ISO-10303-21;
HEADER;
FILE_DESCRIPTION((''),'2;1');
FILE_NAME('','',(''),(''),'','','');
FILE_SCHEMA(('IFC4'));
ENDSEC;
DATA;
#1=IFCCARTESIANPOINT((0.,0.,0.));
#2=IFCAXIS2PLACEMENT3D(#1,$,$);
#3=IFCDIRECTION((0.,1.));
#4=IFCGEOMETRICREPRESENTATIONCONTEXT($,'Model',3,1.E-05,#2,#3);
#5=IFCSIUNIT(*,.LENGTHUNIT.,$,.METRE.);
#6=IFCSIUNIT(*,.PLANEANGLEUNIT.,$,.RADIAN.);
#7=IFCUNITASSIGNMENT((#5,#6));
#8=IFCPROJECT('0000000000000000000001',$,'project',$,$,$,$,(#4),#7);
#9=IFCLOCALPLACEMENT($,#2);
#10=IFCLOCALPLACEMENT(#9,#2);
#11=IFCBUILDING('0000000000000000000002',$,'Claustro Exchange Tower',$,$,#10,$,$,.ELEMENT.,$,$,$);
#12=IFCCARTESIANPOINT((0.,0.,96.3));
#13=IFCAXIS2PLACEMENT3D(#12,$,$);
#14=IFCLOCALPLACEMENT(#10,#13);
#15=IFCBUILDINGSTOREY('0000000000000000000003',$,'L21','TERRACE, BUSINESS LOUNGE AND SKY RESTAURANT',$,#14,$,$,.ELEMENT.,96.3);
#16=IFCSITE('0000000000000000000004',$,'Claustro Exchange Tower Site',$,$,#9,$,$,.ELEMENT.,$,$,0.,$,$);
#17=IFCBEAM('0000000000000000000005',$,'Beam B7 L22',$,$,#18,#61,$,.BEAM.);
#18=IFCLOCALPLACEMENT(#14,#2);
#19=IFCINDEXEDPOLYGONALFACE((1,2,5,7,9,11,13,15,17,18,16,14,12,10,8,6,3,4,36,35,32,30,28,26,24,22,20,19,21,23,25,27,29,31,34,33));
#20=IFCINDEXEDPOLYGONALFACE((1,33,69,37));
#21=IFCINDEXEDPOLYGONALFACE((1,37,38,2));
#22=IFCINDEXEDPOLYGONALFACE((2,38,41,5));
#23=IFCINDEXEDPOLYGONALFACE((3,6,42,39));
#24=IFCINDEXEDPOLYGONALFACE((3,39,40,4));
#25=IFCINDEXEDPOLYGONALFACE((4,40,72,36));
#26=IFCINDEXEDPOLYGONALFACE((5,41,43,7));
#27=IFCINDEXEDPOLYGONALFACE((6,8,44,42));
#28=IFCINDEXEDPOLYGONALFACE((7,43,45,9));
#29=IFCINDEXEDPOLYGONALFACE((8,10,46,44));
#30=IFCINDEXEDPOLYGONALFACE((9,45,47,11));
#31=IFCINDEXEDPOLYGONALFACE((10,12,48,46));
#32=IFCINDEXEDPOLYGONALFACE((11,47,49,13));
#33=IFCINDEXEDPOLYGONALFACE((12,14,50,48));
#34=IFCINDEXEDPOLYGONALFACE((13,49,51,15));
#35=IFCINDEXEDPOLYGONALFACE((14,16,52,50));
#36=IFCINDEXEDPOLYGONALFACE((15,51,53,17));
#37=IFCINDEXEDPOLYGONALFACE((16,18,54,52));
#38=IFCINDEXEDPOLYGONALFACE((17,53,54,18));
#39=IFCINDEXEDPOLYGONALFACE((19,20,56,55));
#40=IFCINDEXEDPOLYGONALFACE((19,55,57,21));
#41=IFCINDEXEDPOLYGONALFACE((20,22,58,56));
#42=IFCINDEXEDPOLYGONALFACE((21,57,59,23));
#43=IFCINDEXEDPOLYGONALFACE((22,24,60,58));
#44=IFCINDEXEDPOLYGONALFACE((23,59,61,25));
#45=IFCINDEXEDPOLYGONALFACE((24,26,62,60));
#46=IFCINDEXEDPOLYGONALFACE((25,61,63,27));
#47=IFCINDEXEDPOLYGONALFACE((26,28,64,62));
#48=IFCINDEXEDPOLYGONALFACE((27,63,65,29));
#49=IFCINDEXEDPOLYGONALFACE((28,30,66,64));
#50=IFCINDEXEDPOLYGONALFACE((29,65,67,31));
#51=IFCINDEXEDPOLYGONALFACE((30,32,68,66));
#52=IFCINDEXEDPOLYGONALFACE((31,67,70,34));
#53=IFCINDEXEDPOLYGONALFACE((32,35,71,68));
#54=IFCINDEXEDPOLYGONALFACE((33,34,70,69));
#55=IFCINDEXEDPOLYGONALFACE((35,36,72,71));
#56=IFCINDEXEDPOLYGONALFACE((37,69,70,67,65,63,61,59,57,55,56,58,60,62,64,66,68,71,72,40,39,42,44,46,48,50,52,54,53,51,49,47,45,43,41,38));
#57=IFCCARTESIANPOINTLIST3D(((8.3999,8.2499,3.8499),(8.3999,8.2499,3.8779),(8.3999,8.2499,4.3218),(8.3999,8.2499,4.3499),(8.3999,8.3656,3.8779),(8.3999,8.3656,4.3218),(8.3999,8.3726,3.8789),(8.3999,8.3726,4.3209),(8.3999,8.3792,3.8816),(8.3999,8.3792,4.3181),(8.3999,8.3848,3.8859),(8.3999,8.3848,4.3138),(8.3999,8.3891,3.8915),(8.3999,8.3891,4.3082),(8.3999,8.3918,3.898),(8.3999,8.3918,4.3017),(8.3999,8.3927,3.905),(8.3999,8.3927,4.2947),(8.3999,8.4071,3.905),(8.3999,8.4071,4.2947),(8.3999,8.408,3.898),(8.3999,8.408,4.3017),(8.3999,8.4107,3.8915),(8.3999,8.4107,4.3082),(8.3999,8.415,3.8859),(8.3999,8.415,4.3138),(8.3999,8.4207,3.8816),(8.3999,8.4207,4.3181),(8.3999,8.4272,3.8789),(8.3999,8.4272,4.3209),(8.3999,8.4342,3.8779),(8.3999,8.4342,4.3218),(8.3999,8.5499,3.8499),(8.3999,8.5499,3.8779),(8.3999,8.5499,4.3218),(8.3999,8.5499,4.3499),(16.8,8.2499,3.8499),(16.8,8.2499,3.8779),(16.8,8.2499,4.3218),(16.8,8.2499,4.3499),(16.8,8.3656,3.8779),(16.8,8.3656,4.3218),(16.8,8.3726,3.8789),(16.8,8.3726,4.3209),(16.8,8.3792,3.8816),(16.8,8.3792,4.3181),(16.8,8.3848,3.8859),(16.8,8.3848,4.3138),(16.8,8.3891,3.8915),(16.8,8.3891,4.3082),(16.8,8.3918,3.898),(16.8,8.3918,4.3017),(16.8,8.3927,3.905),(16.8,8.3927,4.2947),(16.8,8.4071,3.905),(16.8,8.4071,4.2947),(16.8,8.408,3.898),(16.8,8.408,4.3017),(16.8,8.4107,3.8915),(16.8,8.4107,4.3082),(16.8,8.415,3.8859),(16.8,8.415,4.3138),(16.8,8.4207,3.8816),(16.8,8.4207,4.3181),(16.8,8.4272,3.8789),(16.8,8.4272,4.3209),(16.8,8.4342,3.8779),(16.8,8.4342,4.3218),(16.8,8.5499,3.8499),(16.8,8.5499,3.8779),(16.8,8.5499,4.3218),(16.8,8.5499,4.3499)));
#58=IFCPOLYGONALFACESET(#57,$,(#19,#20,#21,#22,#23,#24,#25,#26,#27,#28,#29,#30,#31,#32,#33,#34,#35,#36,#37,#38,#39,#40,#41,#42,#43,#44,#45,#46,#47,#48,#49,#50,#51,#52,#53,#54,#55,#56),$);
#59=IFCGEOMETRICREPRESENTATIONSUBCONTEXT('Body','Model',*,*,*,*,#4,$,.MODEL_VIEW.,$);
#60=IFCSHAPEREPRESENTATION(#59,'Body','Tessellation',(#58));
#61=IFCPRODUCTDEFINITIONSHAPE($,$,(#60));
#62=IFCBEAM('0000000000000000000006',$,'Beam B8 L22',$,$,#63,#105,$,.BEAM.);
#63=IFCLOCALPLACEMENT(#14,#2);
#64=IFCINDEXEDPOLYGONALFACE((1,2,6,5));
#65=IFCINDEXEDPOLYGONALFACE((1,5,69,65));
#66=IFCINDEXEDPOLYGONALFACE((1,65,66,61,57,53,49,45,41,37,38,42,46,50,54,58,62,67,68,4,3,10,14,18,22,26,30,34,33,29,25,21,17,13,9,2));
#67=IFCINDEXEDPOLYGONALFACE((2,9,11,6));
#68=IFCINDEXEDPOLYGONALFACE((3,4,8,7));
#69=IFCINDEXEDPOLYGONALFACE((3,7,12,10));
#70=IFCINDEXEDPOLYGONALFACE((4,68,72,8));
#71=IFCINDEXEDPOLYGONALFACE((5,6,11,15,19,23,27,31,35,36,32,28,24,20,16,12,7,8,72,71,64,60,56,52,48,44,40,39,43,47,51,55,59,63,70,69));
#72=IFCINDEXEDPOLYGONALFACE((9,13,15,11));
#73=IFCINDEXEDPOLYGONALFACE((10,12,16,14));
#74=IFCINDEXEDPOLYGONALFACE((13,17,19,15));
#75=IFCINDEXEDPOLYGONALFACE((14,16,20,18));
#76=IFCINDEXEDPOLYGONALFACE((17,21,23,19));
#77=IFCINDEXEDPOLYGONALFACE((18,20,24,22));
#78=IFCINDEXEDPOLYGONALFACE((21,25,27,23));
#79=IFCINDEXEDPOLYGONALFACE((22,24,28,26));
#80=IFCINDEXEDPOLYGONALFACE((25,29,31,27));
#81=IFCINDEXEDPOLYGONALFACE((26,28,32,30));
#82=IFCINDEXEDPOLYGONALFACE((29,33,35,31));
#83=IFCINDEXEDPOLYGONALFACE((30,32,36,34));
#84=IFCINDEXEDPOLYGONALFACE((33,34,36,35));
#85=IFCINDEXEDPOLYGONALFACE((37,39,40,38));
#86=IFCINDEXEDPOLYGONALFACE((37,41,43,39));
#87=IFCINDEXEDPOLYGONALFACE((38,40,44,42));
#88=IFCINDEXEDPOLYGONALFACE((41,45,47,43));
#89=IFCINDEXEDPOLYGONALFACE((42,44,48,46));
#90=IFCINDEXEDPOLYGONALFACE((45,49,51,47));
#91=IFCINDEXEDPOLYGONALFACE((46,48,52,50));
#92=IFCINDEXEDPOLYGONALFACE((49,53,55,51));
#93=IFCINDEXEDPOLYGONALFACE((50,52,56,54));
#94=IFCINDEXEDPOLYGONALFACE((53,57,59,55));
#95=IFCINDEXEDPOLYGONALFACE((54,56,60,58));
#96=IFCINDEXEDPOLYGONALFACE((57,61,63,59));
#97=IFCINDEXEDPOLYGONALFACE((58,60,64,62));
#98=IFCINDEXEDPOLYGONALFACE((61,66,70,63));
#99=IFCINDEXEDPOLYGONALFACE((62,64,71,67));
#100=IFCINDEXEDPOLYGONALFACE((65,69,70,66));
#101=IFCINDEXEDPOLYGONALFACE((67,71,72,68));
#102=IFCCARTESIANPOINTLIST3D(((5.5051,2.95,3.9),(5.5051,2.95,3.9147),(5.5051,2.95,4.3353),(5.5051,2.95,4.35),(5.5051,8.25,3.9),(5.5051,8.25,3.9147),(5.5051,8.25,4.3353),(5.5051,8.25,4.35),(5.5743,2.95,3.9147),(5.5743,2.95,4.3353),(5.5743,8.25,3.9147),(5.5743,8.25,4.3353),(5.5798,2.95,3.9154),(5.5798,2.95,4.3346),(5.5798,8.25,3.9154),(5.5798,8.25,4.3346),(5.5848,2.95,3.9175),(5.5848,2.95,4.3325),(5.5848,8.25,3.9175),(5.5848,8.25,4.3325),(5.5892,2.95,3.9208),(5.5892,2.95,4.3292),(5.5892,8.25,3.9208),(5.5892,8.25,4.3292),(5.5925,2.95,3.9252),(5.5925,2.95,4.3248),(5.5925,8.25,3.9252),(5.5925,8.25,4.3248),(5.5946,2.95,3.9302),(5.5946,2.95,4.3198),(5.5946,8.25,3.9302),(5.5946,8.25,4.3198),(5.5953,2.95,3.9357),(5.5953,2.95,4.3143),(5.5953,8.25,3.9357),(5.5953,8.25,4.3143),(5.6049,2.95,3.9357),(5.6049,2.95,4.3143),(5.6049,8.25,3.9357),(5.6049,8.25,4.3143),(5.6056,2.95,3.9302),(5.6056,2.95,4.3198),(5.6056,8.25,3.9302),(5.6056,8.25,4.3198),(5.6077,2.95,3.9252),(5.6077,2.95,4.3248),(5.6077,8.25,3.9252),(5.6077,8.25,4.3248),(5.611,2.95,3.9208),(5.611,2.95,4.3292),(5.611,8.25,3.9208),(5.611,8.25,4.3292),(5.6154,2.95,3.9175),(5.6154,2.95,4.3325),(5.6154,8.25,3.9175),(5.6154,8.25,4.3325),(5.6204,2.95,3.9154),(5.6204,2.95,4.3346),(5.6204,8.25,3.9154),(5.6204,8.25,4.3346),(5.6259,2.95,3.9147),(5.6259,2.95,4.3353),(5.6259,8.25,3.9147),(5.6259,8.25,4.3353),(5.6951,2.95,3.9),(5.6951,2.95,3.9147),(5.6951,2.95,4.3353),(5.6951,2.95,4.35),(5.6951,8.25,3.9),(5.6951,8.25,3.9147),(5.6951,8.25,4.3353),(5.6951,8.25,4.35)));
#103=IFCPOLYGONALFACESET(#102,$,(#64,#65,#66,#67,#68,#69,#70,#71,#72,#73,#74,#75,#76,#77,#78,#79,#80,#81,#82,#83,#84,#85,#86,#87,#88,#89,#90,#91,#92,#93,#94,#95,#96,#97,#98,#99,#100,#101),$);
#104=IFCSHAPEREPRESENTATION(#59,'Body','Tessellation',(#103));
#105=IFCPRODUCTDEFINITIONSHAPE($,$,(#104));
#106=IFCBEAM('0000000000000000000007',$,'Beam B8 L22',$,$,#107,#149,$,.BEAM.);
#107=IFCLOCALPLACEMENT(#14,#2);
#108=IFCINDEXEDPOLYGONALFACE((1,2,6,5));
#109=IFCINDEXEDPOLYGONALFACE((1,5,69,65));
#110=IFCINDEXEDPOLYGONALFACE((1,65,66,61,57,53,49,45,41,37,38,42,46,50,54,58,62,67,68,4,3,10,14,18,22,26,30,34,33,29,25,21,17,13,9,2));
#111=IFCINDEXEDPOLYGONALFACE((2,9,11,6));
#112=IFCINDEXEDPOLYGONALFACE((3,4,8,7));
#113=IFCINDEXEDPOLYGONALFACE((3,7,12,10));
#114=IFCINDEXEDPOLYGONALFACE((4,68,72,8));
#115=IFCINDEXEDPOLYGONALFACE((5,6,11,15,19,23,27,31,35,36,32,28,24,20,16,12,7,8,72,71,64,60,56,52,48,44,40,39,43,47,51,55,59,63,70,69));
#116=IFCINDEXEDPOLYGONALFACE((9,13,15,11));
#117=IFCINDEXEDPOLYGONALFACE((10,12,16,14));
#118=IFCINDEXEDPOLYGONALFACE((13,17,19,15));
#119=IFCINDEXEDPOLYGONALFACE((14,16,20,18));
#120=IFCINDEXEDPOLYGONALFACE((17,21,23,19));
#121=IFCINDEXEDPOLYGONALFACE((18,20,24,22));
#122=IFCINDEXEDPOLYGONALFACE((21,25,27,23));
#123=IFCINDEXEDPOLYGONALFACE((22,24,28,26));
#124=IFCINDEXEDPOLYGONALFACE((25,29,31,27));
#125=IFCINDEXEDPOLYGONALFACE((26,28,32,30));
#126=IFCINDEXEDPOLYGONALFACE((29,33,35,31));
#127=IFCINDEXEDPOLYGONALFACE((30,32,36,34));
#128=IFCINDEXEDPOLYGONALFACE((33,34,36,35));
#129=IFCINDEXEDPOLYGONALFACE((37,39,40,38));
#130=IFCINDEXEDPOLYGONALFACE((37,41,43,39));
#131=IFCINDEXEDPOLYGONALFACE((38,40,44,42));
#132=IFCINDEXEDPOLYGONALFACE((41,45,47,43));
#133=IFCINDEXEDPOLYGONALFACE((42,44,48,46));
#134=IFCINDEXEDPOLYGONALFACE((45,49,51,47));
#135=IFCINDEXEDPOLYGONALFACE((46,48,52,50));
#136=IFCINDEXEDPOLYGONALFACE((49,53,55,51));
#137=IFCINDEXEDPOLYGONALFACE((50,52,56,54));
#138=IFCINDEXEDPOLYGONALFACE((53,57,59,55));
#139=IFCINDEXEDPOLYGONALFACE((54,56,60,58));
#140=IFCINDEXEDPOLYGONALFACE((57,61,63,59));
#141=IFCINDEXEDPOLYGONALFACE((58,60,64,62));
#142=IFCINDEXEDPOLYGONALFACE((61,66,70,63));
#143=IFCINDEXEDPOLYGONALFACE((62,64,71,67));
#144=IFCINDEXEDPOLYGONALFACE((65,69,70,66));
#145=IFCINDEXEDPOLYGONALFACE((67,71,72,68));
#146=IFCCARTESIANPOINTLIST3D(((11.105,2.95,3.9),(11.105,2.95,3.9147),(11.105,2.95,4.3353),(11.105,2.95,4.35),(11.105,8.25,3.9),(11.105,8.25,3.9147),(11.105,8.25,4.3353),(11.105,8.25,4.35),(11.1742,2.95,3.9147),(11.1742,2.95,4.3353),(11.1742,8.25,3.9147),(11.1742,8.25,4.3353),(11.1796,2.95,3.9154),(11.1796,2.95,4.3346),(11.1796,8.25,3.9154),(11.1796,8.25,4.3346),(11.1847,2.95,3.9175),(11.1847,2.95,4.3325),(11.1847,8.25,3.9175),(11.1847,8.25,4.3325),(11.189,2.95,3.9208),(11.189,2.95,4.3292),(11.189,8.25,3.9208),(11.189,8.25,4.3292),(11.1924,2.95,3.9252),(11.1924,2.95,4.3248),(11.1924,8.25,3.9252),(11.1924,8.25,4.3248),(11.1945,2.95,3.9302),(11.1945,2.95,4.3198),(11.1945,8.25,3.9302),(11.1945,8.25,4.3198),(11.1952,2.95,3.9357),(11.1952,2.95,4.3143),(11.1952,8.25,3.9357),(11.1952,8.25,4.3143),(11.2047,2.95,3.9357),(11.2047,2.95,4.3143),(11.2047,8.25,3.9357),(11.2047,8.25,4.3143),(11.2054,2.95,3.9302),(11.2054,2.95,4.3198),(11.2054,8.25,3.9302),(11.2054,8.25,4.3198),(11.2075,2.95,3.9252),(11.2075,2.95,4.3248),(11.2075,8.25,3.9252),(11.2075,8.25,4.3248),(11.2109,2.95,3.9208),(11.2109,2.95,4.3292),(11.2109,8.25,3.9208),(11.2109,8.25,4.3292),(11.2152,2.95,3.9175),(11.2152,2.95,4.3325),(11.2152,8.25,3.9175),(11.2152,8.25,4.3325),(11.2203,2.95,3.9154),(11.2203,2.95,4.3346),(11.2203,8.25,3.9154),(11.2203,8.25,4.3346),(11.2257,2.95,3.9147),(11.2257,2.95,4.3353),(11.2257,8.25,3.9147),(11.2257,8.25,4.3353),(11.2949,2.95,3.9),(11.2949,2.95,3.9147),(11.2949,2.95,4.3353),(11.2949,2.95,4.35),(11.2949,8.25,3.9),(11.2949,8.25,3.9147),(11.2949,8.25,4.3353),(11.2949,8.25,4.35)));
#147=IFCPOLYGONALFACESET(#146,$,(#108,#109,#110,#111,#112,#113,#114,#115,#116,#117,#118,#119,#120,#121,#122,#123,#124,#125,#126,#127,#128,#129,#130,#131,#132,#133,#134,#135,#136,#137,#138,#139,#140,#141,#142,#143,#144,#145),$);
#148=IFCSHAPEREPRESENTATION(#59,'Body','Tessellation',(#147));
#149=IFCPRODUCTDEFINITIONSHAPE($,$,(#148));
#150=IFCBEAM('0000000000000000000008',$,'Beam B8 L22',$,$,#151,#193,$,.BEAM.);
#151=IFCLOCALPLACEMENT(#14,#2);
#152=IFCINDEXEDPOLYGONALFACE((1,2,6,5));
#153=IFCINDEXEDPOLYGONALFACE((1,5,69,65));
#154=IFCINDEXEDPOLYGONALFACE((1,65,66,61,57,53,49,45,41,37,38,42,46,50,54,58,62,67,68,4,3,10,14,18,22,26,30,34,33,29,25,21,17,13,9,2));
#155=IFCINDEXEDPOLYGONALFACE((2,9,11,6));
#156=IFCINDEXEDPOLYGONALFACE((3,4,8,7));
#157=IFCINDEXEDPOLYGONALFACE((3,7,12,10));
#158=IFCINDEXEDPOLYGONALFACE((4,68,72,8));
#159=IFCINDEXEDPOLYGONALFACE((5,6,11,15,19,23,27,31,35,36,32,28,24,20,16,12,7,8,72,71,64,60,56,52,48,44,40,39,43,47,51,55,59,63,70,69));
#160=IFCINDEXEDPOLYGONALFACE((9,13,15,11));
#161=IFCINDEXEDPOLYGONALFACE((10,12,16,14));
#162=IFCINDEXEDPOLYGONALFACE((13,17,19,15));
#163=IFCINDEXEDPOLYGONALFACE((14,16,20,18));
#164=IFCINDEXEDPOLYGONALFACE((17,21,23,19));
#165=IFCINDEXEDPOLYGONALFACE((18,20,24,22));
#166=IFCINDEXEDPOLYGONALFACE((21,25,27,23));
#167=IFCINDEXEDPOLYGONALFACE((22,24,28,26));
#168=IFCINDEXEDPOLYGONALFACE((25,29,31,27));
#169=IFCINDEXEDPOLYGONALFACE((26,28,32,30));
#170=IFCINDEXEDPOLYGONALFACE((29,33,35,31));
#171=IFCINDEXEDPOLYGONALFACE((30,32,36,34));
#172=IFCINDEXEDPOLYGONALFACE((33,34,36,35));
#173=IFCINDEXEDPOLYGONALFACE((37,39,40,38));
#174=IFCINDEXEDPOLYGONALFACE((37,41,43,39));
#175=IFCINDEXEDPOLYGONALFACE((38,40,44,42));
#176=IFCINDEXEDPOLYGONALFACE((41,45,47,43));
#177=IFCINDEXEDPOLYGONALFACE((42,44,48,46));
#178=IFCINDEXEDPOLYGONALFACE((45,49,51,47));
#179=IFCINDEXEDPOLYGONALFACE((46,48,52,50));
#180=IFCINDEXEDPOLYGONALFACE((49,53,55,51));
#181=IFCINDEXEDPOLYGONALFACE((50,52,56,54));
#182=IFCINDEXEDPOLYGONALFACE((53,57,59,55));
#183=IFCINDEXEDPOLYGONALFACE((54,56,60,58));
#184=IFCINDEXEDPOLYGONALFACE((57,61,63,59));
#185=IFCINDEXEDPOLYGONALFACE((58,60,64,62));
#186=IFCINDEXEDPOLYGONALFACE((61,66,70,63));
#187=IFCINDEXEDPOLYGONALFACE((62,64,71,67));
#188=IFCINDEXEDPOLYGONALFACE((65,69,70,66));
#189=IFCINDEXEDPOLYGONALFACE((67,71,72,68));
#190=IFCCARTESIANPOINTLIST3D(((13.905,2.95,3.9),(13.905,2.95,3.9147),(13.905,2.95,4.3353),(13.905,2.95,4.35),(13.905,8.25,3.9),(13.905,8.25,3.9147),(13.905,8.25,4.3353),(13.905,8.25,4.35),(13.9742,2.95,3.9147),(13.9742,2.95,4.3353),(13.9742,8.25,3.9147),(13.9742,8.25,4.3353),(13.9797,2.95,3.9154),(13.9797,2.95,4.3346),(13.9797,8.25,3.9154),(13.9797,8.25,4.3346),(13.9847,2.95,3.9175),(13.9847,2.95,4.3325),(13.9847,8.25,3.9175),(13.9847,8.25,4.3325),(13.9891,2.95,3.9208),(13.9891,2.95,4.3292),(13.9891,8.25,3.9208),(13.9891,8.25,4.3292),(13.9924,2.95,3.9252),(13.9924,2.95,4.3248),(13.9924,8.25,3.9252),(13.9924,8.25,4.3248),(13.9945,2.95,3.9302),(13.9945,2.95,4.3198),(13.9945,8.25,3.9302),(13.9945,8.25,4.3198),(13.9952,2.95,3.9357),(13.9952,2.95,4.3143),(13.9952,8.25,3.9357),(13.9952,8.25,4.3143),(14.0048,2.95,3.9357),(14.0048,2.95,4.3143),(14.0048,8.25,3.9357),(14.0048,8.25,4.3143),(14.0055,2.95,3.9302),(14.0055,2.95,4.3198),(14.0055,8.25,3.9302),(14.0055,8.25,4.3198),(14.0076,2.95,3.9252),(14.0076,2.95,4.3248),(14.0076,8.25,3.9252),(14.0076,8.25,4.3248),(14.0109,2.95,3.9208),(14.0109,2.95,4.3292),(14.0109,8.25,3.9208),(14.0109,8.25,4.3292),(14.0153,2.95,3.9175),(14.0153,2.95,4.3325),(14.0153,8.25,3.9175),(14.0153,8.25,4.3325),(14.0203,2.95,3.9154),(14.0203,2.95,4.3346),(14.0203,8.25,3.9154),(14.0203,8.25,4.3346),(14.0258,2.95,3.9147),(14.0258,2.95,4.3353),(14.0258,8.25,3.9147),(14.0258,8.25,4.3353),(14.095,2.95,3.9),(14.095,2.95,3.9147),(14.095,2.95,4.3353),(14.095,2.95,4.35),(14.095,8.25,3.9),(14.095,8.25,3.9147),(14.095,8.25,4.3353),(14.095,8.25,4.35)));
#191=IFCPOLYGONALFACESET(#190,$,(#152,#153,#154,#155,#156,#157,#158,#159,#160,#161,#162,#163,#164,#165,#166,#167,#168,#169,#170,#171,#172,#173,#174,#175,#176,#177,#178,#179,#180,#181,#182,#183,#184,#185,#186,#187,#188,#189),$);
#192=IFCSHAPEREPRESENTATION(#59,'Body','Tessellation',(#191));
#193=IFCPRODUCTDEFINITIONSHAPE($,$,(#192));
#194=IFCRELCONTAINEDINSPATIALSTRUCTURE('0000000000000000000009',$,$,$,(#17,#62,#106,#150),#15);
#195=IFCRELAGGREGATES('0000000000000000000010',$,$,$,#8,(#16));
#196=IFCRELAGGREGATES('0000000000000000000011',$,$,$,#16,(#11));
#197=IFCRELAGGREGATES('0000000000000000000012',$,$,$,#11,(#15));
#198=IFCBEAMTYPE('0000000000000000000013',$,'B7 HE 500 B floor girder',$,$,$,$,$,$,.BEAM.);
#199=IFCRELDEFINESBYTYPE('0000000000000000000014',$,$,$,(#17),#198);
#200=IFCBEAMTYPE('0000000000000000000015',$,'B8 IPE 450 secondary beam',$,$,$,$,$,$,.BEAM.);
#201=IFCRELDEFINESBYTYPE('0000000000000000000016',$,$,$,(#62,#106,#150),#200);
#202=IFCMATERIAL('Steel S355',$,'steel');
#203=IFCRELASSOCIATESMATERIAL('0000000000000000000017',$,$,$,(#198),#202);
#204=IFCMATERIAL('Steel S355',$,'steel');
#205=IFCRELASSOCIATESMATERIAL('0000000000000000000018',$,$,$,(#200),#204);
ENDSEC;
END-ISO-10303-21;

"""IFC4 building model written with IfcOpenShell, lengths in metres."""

from ifc_helpers import new_model, si_unit, direction, frame, origin, origin_2d, place, context, subcontext, project, spatial, i_section, extrude, material, material_profile, profile_set, type_object, element, save


model = new_model("IFC4")

# Units and contexts
model_context = context("Model", 3, precision=1e-05, world=origin(), true_north=direction((0.0, 1.0)))
body_context = subcontext(model_context, "Body", "Model", "MODEL_VIEW")
ifc_project = project(units=[si_unit("LENGTHUNIT", "METRE"), si_unit("PLANEANGLEUNIT", "RADIAN")], contexts=[model_context])

# Site, building, storey
site_placement = place(None, origin())
site = spatial("IfcSite", under=ifc_project, at=site_placement, Name="Claustro Exchange Tower Site", CompositionType="ELEMENT", RefElevation=0.0)
building_placement = place(site_placement, origin())
building = spatial("IfcBuilding", under=site, at=building_placement, Name="Claustro Exchange Tower", CompositionType="ELEMENT")
storey_placement = place(building_placement, frame((0.0, 0.0, 96.3)))
storey = spatial("IfcBuildingStorey", under=building, at=storey_placement, Name="L21", Description="TERRACE, BUSINESS LOUNGE AND SKY RESTAURANT", CompositionType="ELEMENT", Elevation=96.3)

# Beams
ifc_material_1 = material(Name="Steel S355", Category="steel")
ifc_material_profile_1 = material_profile(ifc_material_1, i_section(OverallWidth=0.3, OverallDepth=0.5, WebThickness=0.0144, FlangeThickness=0.0281, FilletRadius=0.0271, at=origin_2d()), Name="HE 500 B")
ifc_profile_set_1 = profile_set([ifc_material_profile_1], Name="Steel S355")
beam_type_1 = type_object("IfcBeamType", Name="B7 HE 500 B floor girder", PredefinedType="BEAM", material=ifc_profile_set_1)
beam_1_placement = place(storey_placement, frame((8.3999, 8.3999, 4.0999), z_axis=(1.0, 0.0, 0.0), x_axis=(0.0, 1.0, 0.0)))
element("IfcBeam", 1, at=beam_1_placement, inside=storey, type_object=beam_type_1, Name="Beam B7 L22", PredefinedType="BEAM", context=body_context, shape_type="SweptSolid", body=[
    extrude(i_section(OverallWidth=0.3, OverallDepth=0.5, WebThickness=0.0144, FlangeThickness=0.0281, FilletRadius=0.0271, at=origin_2d()), origin(), (0.0, 0.0, 1.0), 8.4001),
])
ifc_material_2 = material(Name="Steel S355", Category="steel")
ifc_material_profile_2 = material_profile(ifc_material_2, i_section(OverallWidth=0.1899, OverallDepth=0.45, WebThickness=0.0095, FlangeThickness=0.0146, FilletRadius=0.021, at=origin_2d()), Name="IPE 450")
ifc_profile_set_2 = profile_set([ifc_material_profile_2], Name="Steel S355")
beam_type_2 = type_object("IfcBeamType", Name="B8 IPE 450 secondary beam", PredefinedType="BEAM", material=ifc_profile_set_2)
for number, where, z_axis, x_axis, name in (
    (2, (5.6001, 2.95, 4.125), (0.0, 1.0, 0.0), (-1.0, 0.0, 0.0), "Beam B8 L22"),
    (3, (11.2, 2.95, 4.125), (0.0, 1.0, 0.0), (-1.0, 0.0, 0.0), "Beam B8 L22"),
    (4, (14.0, 2.95, 4.125), (0.0, 1.0, 0.0), (-1.0, 0.0, 0.0), "Beam B8 L22"),
):
    element("IfcBeam", number, at=place(storey_placement, frame(where, z_axis=z_axis, x_axis=x_axis)), inside=storey, type_object=beam_type_2, Name=name, PredefinedType="BEAM", context=body_context, shape_type="SweptSolid", body=[
        extrude(i_section(OverallWidth=0.1899, OverallDepth=0.45, WebThickness=0.0095, FlangeThickness=0.0146, FilletRadius=0.021, at=origin_2d()), origin(), (0.0, 0.0, 1.0), 5.3),
    ])

save(model, "model.ifc")
